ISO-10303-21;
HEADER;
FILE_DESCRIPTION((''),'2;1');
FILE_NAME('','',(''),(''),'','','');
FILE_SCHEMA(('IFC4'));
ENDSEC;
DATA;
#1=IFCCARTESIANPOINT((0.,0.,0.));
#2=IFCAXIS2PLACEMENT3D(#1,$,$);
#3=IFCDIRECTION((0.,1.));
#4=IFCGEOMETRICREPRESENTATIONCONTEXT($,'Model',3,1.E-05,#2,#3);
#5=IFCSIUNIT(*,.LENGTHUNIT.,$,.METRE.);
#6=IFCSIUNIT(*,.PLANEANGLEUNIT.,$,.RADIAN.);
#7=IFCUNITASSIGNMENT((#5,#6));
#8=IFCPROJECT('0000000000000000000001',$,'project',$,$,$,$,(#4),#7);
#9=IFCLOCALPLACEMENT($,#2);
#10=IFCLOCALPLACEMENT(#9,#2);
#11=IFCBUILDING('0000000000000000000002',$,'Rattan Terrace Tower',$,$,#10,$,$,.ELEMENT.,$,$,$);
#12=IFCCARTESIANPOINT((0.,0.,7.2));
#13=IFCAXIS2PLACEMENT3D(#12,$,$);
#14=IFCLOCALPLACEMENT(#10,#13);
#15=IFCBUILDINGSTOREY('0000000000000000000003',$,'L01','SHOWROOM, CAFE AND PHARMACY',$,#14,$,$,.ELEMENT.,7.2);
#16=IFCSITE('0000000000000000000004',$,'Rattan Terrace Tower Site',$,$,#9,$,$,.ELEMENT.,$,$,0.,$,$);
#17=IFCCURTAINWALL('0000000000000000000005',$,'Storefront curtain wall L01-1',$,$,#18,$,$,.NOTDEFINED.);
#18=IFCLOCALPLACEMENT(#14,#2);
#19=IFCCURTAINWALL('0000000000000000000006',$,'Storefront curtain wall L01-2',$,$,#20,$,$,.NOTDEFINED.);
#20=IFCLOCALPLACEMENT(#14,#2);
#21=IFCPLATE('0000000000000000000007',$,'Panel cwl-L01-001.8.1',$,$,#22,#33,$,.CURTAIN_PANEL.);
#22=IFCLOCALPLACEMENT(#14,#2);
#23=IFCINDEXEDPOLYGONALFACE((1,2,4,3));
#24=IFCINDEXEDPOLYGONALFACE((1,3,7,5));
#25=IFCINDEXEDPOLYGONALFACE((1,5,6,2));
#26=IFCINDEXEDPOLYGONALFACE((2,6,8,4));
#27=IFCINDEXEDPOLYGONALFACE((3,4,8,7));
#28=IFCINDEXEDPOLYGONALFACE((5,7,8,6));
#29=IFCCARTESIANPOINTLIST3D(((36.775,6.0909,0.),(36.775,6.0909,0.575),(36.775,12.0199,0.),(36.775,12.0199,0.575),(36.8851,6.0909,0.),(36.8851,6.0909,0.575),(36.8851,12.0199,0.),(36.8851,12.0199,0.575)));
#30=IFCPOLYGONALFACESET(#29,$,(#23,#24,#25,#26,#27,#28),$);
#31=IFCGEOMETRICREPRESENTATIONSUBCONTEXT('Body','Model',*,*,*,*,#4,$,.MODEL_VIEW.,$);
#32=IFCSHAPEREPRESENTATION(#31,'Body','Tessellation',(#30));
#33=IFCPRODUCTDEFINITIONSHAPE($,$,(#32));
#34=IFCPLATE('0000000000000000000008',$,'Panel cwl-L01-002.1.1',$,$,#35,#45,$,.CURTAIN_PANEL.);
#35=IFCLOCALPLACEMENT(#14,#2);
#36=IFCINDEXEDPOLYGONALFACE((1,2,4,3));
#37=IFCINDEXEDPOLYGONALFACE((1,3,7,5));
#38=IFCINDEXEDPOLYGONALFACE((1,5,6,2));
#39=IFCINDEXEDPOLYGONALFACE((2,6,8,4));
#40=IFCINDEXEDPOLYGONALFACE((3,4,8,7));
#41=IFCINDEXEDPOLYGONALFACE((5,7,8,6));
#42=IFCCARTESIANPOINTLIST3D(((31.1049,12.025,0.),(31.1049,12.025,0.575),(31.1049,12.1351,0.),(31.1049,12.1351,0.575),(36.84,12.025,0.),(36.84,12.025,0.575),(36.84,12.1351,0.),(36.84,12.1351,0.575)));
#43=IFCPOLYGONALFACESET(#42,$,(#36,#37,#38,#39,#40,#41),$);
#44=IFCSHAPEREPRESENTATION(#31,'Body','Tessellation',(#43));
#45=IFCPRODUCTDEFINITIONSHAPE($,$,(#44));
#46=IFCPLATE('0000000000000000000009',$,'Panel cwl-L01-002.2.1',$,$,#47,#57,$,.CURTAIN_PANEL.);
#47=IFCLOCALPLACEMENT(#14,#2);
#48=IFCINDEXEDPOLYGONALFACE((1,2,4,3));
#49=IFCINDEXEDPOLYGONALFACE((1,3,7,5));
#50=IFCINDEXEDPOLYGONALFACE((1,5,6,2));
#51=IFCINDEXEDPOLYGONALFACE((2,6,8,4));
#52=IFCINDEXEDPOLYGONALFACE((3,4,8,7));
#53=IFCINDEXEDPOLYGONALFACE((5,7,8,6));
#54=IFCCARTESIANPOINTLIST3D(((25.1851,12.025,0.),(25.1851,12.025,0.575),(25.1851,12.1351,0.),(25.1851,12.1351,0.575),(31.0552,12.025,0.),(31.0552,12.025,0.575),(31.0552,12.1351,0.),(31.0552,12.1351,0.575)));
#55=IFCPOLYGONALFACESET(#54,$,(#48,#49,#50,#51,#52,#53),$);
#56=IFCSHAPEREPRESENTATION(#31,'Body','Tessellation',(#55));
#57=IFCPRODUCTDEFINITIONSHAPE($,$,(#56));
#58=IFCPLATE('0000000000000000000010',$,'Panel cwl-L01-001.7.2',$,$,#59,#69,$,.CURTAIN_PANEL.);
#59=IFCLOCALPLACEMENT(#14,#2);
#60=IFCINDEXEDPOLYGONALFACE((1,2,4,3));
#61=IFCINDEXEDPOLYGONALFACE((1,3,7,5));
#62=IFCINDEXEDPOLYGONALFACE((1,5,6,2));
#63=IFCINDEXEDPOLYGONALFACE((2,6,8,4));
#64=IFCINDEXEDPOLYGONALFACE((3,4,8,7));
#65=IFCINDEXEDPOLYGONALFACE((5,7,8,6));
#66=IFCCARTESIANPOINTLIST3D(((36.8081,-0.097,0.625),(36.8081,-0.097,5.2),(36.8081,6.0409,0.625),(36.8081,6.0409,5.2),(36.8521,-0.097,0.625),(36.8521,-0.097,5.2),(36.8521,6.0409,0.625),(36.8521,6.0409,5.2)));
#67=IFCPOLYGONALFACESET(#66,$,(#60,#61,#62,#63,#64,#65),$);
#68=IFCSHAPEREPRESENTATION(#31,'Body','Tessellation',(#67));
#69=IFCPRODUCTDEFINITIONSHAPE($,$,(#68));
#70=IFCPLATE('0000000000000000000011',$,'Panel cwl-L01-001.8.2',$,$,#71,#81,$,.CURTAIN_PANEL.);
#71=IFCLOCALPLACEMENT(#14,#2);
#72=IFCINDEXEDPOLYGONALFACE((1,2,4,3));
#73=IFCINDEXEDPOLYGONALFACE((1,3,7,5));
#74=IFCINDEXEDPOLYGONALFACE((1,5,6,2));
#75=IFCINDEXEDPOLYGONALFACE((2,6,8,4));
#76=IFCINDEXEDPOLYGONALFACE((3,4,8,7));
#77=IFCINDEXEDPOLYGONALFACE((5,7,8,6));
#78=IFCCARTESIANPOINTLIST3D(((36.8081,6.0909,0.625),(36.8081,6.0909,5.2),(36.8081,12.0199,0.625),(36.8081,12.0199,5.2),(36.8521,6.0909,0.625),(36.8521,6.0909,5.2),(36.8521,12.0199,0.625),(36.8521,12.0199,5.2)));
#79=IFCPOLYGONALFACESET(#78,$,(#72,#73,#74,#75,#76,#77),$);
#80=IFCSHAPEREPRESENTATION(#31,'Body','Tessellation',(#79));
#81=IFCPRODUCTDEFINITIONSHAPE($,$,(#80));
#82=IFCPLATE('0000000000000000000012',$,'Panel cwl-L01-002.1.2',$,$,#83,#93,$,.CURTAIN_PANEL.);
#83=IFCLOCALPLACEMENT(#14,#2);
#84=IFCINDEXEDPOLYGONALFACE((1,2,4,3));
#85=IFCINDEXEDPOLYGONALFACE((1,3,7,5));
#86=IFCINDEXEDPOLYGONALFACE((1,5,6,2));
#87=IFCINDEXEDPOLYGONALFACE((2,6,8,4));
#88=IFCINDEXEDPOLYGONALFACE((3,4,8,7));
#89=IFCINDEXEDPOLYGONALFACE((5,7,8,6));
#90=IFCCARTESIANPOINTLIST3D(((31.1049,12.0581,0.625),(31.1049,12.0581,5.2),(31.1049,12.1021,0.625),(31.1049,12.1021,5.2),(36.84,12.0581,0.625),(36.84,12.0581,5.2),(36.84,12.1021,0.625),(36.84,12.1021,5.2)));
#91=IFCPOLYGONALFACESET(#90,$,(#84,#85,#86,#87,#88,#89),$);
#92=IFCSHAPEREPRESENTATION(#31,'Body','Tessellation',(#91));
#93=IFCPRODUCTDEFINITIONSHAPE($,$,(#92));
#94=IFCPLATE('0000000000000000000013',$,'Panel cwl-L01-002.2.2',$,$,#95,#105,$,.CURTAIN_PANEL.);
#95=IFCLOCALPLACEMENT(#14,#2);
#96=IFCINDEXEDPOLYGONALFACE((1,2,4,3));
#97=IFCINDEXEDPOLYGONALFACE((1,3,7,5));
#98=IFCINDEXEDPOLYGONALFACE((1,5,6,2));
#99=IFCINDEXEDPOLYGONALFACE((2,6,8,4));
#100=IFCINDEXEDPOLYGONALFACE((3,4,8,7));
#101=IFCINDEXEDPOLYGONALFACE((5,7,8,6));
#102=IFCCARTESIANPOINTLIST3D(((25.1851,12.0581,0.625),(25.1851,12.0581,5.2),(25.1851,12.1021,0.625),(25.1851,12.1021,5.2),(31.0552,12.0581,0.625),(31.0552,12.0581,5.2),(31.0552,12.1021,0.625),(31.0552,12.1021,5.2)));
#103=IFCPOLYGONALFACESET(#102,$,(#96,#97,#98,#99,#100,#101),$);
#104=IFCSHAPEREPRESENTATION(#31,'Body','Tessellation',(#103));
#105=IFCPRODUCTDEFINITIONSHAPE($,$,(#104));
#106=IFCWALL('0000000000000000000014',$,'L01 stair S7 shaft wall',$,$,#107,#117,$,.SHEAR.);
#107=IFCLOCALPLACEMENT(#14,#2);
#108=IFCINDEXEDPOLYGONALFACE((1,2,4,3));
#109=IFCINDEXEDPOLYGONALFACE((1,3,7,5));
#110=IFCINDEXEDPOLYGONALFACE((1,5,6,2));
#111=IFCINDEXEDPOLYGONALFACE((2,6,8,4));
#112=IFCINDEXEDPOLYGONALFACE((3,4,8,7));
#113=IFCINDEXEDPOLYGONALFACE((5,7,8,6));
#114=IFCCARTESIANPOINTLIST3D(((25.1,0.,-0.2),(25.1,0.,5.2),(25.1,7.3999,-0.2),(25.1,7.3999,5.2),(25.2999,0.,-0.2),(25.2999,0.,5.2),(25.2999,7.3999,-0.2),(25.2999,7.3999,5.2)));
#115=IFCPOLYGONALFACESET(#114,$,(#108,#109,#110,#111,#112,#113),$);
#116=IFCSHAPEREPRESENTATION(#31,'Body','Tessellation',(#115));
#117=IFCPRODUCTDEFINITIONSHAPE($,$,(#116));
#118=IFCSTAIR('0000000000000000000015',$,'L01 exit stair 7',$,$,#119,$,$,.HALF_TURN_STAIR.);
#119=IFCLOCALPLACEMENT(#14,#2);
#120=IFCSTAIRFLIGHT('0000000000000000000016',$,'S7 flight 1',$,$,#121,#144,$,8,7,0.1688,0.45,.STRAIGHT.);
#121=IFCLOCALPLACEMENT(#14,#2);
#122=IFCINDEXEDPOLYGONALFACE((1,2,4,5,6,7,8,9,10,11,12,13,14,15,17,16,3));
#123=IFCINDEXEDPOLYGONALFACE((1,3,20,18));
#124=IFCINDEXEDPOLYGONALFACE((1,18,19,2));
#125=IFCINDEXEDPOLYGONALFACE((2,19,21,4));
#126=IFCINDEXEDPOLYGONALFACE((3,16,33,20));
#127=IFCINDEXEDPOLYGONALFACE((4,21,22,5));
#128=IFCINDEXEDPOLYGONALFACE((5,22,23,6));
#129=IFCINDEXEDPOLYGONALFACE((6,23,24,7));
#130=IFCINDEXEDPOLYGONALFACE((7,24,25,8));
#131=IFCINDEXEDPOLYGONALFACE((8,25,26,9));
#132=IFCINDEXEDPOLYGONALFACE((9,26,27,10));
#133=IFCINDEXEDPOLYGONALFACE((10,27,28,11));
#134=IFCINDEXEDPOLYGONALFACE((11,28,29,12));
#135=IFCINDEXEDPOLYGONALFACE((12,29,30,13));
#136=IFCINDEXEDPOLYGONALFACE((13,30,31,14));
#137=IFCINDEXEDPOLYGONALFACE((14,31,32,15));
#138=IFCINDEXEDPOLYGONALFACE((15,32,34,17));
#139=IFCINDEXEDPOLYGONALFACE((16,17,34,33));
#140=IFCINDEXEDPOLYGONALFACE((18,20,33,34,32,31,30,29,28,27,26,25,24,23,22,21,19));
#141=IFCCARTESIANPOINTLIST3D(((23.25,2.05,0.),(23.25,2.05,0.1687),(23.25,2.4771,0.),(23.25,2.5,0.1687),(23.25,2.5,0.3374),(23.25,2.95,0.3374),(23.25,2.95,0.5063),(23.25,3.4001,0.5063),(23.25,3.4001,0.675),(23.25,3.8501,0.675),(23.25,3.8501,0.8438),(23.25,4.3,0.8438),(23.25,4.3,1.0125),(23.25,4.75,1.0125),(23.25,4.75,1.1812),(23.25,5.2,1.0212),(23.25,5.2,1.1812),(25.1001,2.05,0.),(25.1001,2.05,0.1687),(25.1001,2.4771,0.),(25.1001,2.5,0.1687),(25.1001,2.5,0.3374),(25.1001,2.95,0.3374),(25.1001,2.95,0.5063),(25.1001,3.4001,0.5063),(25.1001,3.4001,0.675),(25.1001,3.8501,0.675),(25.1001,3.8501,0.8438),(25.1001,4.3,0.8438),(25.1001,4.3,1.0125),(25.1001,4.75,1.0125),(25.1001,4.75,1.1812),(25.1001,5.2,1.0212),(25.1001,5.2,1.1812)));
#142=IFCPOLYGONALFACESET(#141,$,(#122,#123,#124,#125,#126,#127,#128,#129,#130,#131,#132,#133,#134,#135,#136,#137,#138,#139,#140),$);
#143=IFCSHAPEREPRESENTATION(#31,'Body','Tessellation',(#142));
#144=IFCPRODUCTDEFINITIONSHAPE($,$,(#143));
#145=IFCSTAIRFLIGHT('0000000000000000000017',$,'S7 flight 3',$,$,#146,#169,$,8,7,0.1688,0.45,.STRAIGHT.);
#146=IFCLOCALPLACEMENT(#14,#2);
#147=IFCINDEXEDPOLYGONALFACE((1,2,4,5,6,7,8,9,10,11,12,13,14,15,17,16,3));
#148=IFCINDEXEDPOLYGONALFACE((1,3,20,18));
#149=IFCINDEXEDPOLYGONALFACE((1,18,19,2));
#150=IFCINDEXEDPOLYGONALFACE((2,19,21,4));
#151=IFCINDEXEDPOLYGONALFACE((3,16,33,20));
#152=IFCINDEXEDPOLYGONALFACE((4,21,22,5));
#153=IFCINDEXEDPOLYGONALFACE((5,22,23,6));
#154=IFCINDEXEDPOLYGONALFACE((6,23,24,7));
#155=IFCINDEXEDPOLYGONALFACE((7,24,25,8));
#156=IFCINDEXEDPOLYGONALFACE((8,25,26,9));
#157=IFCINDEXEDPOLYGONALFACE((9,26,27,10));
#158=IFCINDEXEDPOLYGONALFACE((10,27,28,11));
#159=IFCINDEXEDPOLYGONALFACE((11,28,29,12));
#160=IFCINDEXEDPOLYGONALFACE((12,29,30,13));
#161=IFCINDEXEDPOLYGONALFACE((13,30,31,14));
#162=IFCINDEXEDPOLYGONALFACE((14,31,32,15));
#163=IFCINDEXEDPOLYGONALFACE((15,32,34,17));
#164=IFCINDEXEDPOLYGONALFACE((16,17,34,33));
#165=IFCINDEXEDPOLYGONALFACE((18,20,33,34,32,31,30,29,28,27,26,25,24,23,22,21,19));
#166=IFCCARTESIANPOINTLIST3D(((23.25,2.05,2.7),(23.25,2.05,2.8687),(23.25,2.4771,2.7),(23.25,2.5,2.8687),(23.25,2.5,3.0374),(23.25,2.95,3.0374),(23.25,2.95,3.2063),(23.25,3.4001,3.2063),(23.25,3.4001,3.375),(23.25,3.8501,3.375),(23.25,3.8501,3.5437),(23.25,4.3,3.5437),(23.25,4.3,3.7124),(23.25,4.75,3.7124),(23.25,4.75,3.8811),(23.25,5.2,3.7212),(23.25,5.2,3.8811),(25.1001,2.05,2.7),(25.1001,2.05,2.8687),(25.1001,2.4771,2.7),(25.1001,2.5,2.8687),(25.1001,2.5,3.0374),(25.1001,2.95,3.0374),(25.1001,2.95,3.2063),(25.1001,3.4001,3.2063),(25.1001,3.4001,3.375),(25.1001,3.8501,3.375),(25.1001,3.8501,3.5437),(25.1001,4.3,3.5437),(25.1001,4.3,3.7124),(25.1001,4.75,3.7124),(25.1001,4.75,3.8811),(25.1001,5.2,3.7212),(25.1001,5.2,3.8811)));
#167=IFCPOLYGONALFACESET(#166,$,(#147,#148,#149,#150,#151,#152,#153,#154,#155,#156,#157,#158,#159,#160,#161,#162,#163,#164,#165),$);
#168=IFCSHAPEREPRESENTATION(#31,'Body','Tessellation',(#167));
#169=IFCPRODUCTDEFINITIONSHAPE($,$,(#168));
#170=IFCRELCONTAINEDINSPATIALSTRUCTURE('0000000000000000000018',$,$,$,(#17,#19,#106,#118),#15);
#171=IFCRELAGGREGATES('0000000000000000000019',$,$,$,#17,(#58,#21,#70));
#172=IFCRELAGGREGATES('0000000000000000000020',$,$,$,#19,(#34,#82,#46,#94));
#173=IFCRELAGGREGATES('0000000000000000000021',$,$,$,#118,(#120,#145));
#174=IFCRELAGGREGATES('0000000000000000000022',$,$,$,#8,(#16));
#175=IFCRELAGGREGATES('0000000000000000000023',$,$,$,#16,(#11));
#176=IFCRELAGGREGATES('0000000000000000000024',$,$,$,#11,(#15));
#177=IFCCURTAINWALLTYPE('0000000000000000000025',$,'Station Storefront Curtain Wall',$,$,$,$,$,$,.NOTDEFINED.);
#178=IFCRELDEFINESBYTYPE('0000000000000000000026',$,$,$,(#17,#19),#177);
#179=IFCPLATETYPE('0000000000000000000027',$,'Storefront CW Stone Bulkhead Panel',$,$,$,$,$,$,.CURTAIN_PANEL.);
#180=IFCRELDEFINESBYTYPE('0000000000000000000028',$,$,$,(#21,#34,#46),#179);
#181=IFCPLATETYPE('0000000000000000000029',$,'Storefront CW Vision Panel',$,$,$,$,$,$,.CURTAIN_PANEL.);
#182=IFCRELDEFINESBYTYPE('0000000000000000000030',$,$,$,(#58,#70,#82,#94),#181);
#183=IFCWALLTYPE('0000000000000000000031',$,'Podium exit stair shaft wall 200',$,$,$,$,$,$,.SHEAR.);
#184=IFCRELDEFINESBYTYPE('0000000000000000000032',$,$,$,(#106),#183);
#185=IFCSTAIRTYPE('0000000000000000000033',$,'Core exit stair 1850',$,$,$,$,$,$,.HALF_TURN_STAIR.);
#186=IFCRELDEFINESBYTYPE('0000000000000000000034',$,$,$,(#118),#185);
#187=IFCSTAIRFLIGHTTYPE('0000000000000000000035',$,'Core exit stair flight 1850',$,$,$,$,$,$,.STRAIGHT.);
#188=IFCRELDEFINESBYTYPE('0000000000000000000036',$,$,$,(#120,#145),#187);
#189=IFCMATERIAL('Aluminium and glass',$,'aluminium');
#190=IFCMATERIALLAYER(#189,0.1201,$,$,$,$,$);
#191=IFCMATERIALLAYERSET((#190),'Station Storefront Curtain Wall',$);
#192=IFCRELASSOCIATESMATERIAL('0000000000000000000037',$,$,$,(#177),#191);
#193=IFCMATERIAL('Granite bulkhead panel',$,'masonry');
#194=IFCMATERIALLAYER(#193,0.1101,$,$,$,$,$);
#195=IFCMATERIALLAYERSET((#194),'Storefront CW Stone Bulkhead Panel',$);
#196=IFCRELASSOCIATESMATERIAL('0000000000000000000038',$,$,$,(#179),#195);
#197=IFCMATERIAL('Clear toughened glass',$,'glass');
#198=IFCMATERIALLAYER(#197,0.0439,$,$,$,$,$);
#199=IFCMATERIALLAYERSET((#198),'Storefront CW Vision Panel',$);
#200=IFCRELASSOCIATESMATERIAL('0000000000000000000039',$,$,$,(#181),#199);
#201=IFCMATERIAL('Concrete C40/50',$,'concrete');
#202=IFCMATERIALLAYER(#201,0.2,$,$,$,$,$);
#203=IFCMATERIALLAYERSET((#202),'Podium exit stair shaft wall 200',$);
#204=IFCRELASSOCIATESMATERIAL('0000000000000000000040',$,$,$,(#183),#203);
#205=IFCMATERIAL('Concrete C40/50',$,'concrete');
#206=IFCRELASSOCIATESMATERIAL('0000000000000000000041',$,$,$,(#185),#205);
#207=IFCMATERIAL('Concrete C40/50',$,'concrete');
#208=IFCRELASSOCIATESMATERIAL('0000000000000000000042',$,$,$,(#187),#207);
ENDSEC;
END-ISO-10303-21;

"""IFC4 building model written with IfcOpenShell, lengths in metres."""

from ifc_helpers import new_model, si_unit, direction, frame, frame_2d, origin, origin_2d, place, context, subcontext, project, spatial, polyline, rectangle, outline, extrude, material, layer, layer_set, type_object, element, aggregate, save


model = new_model("IFC4")

# Units and contexts
model_context = context("Model", 3, precision=1e-05, world=origin(), true_north=direction((0.0, 1.0)))
body_context = subcontext(model_context, "Body", "Model", "MODEL_VIEW")
ifc_project = project(units=[si_unit("LENGTHUNIT", "METRE"), si_unit("PLANEANGLEUNIT", "RADIAN")], contexts=[model_context])

# Site, building, storey
site_placement = place(None, origin())
site = spatial("IfcSite", under=ifc_project, at=site_placement, Name="Rattan Terrace Tower Site", CompositionType="ELEMENT", RefElevation=0.0)
building_placement = place(site_placement, origin())
building = spatial("IfcBuilding", under=site, at=building_placement, Name="Rattan Terrace Tower", CompositionType="ELEMENT")
storey_placement = place(building_placement, frame((0.0, 0.0, 7.2)))
storey = spatial("IfcBuildingStorey", under=building, at=storey_placement, Name="L01", Description="SHOWROOM, CAFE AND PHARMACY", CompositionType="ELEMENT", Elevation=7.2)

# Curtain walls
ifc_material_1 = material(Name="Aluminium and glass", Category="aluminium")
ifc_layer_1 = layer(ifc_material_1, 0.1201)
ifc_layer_set_1 = layer_set([ifc_layer_1], Name="Station Storefront Curtain Wall")
curtain_wall_type = type_object("IfcCurtainWallType", Name="Station Storefront Curtain Wall", PredefinedType="NOTDEFINED", material=ifc_layer_set_1)
curtain_wall_1_placement = place(storey_placement, origin())
curtain_wall_1 = element("IfcCurtainWall", 1, at=curtain_wall_1_placement, inside=storey, type_object=curtain_wall_type, Name="Storefront curtain wall L01-1", PredefinedType="NOTDEFINED")
curtain_wall_2_placement = place(storey_placement, origin())
curtain_wall_2 = element("IfcCurtainWall", 2, at=curtain_wall_2_placement, inside=storey, type_object=curtain_wall_type, Name="Storefront curtain wall L01-2", PredefinedType="NOTDEFINED")

# Plates
ifc_material_2 = material(Name="Granite bulkhead panel", Category="masonry")
ifc_layer_2 = layer(ifc_material_2, 0.1101)
ifc_layer_set_2 = layer_set([ifc_layer_2], Name="Storefront CW Stone Bulkhead Panel")
plate_type_1 = type_object("IfcPlateType", Name="Storefront CW Stone Bulkhead Panel", PredefinedType="CURTAIN_PANEL", material=ifc_layer_set_2)
plate_1_placement = place(storey_placement, frame((36.8301, 9.0554, 0.0), z_axis=(0.0, 0.0, 1.0), x_axis=(0.0, 1.0, 0.0)))
plate_1 = element("IfcPlate", 3, at=plate_1_placement, type_object=plate_type_1, Name="Panel cwl-L01-001.8.1", PredefinedType="CURTAIN_PANEL", context=body_context, shape_type="SweptSolid", body=[
    extrude(rectangle(XDim=5.929, YDim=0.1101, at=origin_2d()), origin(), (0.0, 0.0, 1.0), 0.575),
])
plate_2_placement = place(storey_placement, frame((33.9724, 12.0801, 0.0), z_axis=(0.0, 0.0, 1.0), x_axis=(-1.0, 0.0, 0.0)))
plate_2 = element("IfcPlate", 4, at=plate_2_placement, type_object=plate_type_1, Name="Panel cwl-L01-002.1.1", PredefinedType="CURTAIN_PANEL", context=body_context, shape_type="SweptSolid", body=[
    extrude(rectangle(XDim=5.7351, YDim=0.1101, at=origin_2d()), origin(), (0.0, 0.0, 1.0), 0.575),
])
plate_3_placement = place(storey_placement, frame((28.1201, 12.0801, 0.0), z_axis=(0.0, 0.0, 1.0), x_axis=(-1.0, 0.0, 0.0)))
plate_3 = element("IfcPlate", 5, at=plate_3_placement, type_object=plate_type_1, Name="Panel cwl-L01-002.2.1", PredefinedType="CURTAIN_PANEL", context=body_context, shape_type="SweptSolid", body=[
    extrude(rectangle(XDim=5.8701, YDim=0.1101, at=origin_2d()), origin(), (0.0, 0.0, 1.0), 0.575),
])
ifc_material_3 = material(Name="Clear toughened glass", Category="glass")
ifc_layer_3 = layer(ifc_material_3, 0.0439)
ifc_layer_set_3 = layer_set([ifc_layer_3], Name="Storefront CW Vision Panel")
plate_type_2 = type_object("IfcPlateType", Name="Storefront CW Vision Panel", PredefinedType="CURTAIN_PANEL", material=ifc_layer_set_3)
plate_4_placement = place(storey_placement, frame((36.8301, 2.9719, 0.625), z_axis=(0.0, 0.0, 1.0), x_axis=(0.0, 1.0, 0.0)))
plate_4 = element("IfcPlate", 6, at=plate_4_placement, type_object=plate_type_2, Name="Panel cwl-L01-001.7.2", PredefinedType="CURTAIN_PANEL", context=body_context, shape_type="SweptSolid", body=[
    extrude(rectangle(XDim=6.1379, YDim=0.0439, at=origin_2d()), origin(), (0.0, 0.0, 1.0), 4.575),
])
plate_5_placement = place(storey_placement, frame((36.8301, 9.0554, 0.625), z_axis=(0.0, 0.0, 1.0), x_axis=(0.0, 1.0, 0.0)))
plate_5 = element("IfcPlate", 7, at=plate_5_placement, type_object=plate_type_2, Name="Panel cwl-L01-001.8.2", PredefinedType="CURTAIN_PANEL", context=body_context, shape_type="SweptSolid", body=[
    extrude(rectangle(XDim=5.929, YDim=0.0439, at=origin_2d()), origin(), (0.0, 0.0, 1.0), 4.575),
])
aggregate(curtain_wall_1, [plate_4, plate_1, plate_5])
plate_6_placement = place(storey_placement, frame((33.9724, 12.0801, 0.625), z_axis=(0.0, 0.0, 1.0), x_axis=(-1.0, 0.0, 0.0)))
plate_6 = element("IfcPlate", 8, at=plate_6_placement, type_object=plate_type_2, Name="Panel cwl-L01-002.1.2", PredefinedType="CURTAIN_PANEL", context=body_context, shape_type="SweptSolid", body=[
    extrude(rectangle(XDim=5.7351, YDim=0.0439, at=origin_2d()), origin(), (0.0, 0.0, 1.0), 4.575),
])
plate_7_placement = place(storey_placement, frame((28.1201, 12.0801, 0.625), z_axis=(0.0, 0.0, 1.0), x_axis=(-1.0, 0.0, 0.0)))
plate_7 = element("IfcPlate", 9, at=plate_7_placement, type_object=plate_type_2, Name="Panel cwl-L01-002.2.2", PredefinedType="CURTAIN_PANEL", context=body_context, shape_type="SweptSolid", body=[
    extrude(rectangle(XDim=5.8701, YDim=0.0439, at=origin_2d()), origin(), (0.0, 0.0, 1.0), 4.575),
])
aggregate(curtain_wall_2, [plate_2, plate_6, plate_3, plate_7])

# Wall
ifc_material_4 = material(Name="Concrete C40/50", Category="concrete")
ifc_layer_4 = layer(ifc_material_4, 0.2)
ifc_layer_set_4 = layer_set([ifc_layer_4], Name="Podium exit stair shaft wall 200")
wall_type = type_object("IfcWallType", Name="Podium exit stair shaft wall 200", PredefinedType="SHEAR", material=ifc_layer_set_4)
wall_placement = place(storey_placement, frame((25.2, 0.0, -0.2), z_axis=(0.0, 0.0, 1.0), x_axis=(0.0, 1.0, 0.0)))
element("IfcWall", 10, at=wall_placement, inside=storey, type_object=wall_type, Name="L01 stair S7 shaft wall", PredefinedType="SHEAR", context=body_context, shape_type="SweptSolid", body=[
    extrude(rectangle(XDim=7.3999, YDim=0.2, at=frame_2d((3.7, 0.0))), origin(), (0.0, 0.0, 1.0), 5.3999),
])

# Stair, stair flights
ifc_material_5 = material(Name="Concrete C40/50", Category="concrete")
stair_type = type_object("IfcStairType", Name="Core exit stair 1850", PredefinedType="HALF_TURN_STAIR", material=ifc_material_5)
stair_placement = place(storey_placement, origin())
stair = element("IfcStair", 11, at=stair_placement, inside=storey, type_object=stair_type, Name="L01 exit stair 7", PredefinedType="HALF_TURN_STAIR")
ifc_material_6 = material(Name="Concrete C40/50", Category="concrete")
stair_flight_type = type_object("IfcStairFlightType", Name="Core exit stair flight 1850", PredefinedType="STRAIGHT", material=ifc_material_6)
stair_flight_1_placement = place(storey_placement, frame((24.175, 2.05, 0.0), z_axis=(0.0, 0.0, 1.0), x_axis=(0.0, 1.0, 0.0)))
stair_flight_1 = element("IfcStairFlight", 12, at=stair_flight_1_placement, type_object=stair_flight_type, Name="S7 flight 1", NumberOfRisers=8, NumberOfTreads=7, PredefinedType="STRAIGHT", RiserHeight=0.1688, TreadLength=0.45, context=body_context, shape_type="SweptSolid", body=[
    extrude(outline(polyline([(0.0, 0.0), (0.0, 0.1687), (0.45, 0.1687), (0.45, 0.3374), (0.8999, 0.3374), (0.8999, 0.5063), (1.3501, 0.5063), (1.3501, 0.675), (1.8, 0.675), (1.8, 0.8438), (2.25, 0.8438), (2.25, 1.0125), (2.7, 1.0125), (2.7, 1.1812), (3.1499, 1.1812), (3.1499, 1.3501), (3.1499, 1.0212), (0.427, 0.0), (0.0, 0.0)])), frame((0.0, 0.925, 0.0), z_axis=(0.0, -1.0, 0.0), x_axis=(1.0, 0.0, 0.0)), (0.0, 0.0, 1.0), 1.8501),
])
stair_flight_2_placement = place(storey_placement, frame((24.175, 2.05, 2.7), z_axis=(0.0, 0.0, 1.0), x_axis=(0.0, 1.0, 0.0)))
stair_flight_2 = element("IfcStairFlight", 13, at=stair_flight_2_placement, type_object=stair_flight_type, Name="S7 flight 3", NumberOfRisers=8, NumberOfTreads=7, PredefinedType="STRAIGHT", RiserHeight=0.1688, TreadLength=0.45, context=body_context, shape_type="SweptSolid", body=[
    extrude(outline(polyline([(0.0, 0.0), (0.0, 0.1687), (0.45, 0.1687), (0.45, 0.3374), (0.8999, 0.3374), (0.8999, 0.5063), (1.3501, 0.5063), (1.3501, 0.675), (1.8, 0.675), (1.8, 0.8438), (2.25, 0.8438), (2.25, 1.0125), (2.7, 1.0125), (2.7, 1.1812), (3.1499, 1.1812), (3.1499, 1.3501), (3.1499, 1.0212), (0.427, 0.0), (0.0, 0.0)])), frame((0.0, 0.925, 0.0), z_axis=(0.0, -1.0, 0.0), x_axis=(1.0, 0.0, 0.0)), (0.0, 0.0, 1.0), 1.8501),
])
aggregate(stair, [stair_flight_1, stair_flight_2])

save(model, "model.ifc")
